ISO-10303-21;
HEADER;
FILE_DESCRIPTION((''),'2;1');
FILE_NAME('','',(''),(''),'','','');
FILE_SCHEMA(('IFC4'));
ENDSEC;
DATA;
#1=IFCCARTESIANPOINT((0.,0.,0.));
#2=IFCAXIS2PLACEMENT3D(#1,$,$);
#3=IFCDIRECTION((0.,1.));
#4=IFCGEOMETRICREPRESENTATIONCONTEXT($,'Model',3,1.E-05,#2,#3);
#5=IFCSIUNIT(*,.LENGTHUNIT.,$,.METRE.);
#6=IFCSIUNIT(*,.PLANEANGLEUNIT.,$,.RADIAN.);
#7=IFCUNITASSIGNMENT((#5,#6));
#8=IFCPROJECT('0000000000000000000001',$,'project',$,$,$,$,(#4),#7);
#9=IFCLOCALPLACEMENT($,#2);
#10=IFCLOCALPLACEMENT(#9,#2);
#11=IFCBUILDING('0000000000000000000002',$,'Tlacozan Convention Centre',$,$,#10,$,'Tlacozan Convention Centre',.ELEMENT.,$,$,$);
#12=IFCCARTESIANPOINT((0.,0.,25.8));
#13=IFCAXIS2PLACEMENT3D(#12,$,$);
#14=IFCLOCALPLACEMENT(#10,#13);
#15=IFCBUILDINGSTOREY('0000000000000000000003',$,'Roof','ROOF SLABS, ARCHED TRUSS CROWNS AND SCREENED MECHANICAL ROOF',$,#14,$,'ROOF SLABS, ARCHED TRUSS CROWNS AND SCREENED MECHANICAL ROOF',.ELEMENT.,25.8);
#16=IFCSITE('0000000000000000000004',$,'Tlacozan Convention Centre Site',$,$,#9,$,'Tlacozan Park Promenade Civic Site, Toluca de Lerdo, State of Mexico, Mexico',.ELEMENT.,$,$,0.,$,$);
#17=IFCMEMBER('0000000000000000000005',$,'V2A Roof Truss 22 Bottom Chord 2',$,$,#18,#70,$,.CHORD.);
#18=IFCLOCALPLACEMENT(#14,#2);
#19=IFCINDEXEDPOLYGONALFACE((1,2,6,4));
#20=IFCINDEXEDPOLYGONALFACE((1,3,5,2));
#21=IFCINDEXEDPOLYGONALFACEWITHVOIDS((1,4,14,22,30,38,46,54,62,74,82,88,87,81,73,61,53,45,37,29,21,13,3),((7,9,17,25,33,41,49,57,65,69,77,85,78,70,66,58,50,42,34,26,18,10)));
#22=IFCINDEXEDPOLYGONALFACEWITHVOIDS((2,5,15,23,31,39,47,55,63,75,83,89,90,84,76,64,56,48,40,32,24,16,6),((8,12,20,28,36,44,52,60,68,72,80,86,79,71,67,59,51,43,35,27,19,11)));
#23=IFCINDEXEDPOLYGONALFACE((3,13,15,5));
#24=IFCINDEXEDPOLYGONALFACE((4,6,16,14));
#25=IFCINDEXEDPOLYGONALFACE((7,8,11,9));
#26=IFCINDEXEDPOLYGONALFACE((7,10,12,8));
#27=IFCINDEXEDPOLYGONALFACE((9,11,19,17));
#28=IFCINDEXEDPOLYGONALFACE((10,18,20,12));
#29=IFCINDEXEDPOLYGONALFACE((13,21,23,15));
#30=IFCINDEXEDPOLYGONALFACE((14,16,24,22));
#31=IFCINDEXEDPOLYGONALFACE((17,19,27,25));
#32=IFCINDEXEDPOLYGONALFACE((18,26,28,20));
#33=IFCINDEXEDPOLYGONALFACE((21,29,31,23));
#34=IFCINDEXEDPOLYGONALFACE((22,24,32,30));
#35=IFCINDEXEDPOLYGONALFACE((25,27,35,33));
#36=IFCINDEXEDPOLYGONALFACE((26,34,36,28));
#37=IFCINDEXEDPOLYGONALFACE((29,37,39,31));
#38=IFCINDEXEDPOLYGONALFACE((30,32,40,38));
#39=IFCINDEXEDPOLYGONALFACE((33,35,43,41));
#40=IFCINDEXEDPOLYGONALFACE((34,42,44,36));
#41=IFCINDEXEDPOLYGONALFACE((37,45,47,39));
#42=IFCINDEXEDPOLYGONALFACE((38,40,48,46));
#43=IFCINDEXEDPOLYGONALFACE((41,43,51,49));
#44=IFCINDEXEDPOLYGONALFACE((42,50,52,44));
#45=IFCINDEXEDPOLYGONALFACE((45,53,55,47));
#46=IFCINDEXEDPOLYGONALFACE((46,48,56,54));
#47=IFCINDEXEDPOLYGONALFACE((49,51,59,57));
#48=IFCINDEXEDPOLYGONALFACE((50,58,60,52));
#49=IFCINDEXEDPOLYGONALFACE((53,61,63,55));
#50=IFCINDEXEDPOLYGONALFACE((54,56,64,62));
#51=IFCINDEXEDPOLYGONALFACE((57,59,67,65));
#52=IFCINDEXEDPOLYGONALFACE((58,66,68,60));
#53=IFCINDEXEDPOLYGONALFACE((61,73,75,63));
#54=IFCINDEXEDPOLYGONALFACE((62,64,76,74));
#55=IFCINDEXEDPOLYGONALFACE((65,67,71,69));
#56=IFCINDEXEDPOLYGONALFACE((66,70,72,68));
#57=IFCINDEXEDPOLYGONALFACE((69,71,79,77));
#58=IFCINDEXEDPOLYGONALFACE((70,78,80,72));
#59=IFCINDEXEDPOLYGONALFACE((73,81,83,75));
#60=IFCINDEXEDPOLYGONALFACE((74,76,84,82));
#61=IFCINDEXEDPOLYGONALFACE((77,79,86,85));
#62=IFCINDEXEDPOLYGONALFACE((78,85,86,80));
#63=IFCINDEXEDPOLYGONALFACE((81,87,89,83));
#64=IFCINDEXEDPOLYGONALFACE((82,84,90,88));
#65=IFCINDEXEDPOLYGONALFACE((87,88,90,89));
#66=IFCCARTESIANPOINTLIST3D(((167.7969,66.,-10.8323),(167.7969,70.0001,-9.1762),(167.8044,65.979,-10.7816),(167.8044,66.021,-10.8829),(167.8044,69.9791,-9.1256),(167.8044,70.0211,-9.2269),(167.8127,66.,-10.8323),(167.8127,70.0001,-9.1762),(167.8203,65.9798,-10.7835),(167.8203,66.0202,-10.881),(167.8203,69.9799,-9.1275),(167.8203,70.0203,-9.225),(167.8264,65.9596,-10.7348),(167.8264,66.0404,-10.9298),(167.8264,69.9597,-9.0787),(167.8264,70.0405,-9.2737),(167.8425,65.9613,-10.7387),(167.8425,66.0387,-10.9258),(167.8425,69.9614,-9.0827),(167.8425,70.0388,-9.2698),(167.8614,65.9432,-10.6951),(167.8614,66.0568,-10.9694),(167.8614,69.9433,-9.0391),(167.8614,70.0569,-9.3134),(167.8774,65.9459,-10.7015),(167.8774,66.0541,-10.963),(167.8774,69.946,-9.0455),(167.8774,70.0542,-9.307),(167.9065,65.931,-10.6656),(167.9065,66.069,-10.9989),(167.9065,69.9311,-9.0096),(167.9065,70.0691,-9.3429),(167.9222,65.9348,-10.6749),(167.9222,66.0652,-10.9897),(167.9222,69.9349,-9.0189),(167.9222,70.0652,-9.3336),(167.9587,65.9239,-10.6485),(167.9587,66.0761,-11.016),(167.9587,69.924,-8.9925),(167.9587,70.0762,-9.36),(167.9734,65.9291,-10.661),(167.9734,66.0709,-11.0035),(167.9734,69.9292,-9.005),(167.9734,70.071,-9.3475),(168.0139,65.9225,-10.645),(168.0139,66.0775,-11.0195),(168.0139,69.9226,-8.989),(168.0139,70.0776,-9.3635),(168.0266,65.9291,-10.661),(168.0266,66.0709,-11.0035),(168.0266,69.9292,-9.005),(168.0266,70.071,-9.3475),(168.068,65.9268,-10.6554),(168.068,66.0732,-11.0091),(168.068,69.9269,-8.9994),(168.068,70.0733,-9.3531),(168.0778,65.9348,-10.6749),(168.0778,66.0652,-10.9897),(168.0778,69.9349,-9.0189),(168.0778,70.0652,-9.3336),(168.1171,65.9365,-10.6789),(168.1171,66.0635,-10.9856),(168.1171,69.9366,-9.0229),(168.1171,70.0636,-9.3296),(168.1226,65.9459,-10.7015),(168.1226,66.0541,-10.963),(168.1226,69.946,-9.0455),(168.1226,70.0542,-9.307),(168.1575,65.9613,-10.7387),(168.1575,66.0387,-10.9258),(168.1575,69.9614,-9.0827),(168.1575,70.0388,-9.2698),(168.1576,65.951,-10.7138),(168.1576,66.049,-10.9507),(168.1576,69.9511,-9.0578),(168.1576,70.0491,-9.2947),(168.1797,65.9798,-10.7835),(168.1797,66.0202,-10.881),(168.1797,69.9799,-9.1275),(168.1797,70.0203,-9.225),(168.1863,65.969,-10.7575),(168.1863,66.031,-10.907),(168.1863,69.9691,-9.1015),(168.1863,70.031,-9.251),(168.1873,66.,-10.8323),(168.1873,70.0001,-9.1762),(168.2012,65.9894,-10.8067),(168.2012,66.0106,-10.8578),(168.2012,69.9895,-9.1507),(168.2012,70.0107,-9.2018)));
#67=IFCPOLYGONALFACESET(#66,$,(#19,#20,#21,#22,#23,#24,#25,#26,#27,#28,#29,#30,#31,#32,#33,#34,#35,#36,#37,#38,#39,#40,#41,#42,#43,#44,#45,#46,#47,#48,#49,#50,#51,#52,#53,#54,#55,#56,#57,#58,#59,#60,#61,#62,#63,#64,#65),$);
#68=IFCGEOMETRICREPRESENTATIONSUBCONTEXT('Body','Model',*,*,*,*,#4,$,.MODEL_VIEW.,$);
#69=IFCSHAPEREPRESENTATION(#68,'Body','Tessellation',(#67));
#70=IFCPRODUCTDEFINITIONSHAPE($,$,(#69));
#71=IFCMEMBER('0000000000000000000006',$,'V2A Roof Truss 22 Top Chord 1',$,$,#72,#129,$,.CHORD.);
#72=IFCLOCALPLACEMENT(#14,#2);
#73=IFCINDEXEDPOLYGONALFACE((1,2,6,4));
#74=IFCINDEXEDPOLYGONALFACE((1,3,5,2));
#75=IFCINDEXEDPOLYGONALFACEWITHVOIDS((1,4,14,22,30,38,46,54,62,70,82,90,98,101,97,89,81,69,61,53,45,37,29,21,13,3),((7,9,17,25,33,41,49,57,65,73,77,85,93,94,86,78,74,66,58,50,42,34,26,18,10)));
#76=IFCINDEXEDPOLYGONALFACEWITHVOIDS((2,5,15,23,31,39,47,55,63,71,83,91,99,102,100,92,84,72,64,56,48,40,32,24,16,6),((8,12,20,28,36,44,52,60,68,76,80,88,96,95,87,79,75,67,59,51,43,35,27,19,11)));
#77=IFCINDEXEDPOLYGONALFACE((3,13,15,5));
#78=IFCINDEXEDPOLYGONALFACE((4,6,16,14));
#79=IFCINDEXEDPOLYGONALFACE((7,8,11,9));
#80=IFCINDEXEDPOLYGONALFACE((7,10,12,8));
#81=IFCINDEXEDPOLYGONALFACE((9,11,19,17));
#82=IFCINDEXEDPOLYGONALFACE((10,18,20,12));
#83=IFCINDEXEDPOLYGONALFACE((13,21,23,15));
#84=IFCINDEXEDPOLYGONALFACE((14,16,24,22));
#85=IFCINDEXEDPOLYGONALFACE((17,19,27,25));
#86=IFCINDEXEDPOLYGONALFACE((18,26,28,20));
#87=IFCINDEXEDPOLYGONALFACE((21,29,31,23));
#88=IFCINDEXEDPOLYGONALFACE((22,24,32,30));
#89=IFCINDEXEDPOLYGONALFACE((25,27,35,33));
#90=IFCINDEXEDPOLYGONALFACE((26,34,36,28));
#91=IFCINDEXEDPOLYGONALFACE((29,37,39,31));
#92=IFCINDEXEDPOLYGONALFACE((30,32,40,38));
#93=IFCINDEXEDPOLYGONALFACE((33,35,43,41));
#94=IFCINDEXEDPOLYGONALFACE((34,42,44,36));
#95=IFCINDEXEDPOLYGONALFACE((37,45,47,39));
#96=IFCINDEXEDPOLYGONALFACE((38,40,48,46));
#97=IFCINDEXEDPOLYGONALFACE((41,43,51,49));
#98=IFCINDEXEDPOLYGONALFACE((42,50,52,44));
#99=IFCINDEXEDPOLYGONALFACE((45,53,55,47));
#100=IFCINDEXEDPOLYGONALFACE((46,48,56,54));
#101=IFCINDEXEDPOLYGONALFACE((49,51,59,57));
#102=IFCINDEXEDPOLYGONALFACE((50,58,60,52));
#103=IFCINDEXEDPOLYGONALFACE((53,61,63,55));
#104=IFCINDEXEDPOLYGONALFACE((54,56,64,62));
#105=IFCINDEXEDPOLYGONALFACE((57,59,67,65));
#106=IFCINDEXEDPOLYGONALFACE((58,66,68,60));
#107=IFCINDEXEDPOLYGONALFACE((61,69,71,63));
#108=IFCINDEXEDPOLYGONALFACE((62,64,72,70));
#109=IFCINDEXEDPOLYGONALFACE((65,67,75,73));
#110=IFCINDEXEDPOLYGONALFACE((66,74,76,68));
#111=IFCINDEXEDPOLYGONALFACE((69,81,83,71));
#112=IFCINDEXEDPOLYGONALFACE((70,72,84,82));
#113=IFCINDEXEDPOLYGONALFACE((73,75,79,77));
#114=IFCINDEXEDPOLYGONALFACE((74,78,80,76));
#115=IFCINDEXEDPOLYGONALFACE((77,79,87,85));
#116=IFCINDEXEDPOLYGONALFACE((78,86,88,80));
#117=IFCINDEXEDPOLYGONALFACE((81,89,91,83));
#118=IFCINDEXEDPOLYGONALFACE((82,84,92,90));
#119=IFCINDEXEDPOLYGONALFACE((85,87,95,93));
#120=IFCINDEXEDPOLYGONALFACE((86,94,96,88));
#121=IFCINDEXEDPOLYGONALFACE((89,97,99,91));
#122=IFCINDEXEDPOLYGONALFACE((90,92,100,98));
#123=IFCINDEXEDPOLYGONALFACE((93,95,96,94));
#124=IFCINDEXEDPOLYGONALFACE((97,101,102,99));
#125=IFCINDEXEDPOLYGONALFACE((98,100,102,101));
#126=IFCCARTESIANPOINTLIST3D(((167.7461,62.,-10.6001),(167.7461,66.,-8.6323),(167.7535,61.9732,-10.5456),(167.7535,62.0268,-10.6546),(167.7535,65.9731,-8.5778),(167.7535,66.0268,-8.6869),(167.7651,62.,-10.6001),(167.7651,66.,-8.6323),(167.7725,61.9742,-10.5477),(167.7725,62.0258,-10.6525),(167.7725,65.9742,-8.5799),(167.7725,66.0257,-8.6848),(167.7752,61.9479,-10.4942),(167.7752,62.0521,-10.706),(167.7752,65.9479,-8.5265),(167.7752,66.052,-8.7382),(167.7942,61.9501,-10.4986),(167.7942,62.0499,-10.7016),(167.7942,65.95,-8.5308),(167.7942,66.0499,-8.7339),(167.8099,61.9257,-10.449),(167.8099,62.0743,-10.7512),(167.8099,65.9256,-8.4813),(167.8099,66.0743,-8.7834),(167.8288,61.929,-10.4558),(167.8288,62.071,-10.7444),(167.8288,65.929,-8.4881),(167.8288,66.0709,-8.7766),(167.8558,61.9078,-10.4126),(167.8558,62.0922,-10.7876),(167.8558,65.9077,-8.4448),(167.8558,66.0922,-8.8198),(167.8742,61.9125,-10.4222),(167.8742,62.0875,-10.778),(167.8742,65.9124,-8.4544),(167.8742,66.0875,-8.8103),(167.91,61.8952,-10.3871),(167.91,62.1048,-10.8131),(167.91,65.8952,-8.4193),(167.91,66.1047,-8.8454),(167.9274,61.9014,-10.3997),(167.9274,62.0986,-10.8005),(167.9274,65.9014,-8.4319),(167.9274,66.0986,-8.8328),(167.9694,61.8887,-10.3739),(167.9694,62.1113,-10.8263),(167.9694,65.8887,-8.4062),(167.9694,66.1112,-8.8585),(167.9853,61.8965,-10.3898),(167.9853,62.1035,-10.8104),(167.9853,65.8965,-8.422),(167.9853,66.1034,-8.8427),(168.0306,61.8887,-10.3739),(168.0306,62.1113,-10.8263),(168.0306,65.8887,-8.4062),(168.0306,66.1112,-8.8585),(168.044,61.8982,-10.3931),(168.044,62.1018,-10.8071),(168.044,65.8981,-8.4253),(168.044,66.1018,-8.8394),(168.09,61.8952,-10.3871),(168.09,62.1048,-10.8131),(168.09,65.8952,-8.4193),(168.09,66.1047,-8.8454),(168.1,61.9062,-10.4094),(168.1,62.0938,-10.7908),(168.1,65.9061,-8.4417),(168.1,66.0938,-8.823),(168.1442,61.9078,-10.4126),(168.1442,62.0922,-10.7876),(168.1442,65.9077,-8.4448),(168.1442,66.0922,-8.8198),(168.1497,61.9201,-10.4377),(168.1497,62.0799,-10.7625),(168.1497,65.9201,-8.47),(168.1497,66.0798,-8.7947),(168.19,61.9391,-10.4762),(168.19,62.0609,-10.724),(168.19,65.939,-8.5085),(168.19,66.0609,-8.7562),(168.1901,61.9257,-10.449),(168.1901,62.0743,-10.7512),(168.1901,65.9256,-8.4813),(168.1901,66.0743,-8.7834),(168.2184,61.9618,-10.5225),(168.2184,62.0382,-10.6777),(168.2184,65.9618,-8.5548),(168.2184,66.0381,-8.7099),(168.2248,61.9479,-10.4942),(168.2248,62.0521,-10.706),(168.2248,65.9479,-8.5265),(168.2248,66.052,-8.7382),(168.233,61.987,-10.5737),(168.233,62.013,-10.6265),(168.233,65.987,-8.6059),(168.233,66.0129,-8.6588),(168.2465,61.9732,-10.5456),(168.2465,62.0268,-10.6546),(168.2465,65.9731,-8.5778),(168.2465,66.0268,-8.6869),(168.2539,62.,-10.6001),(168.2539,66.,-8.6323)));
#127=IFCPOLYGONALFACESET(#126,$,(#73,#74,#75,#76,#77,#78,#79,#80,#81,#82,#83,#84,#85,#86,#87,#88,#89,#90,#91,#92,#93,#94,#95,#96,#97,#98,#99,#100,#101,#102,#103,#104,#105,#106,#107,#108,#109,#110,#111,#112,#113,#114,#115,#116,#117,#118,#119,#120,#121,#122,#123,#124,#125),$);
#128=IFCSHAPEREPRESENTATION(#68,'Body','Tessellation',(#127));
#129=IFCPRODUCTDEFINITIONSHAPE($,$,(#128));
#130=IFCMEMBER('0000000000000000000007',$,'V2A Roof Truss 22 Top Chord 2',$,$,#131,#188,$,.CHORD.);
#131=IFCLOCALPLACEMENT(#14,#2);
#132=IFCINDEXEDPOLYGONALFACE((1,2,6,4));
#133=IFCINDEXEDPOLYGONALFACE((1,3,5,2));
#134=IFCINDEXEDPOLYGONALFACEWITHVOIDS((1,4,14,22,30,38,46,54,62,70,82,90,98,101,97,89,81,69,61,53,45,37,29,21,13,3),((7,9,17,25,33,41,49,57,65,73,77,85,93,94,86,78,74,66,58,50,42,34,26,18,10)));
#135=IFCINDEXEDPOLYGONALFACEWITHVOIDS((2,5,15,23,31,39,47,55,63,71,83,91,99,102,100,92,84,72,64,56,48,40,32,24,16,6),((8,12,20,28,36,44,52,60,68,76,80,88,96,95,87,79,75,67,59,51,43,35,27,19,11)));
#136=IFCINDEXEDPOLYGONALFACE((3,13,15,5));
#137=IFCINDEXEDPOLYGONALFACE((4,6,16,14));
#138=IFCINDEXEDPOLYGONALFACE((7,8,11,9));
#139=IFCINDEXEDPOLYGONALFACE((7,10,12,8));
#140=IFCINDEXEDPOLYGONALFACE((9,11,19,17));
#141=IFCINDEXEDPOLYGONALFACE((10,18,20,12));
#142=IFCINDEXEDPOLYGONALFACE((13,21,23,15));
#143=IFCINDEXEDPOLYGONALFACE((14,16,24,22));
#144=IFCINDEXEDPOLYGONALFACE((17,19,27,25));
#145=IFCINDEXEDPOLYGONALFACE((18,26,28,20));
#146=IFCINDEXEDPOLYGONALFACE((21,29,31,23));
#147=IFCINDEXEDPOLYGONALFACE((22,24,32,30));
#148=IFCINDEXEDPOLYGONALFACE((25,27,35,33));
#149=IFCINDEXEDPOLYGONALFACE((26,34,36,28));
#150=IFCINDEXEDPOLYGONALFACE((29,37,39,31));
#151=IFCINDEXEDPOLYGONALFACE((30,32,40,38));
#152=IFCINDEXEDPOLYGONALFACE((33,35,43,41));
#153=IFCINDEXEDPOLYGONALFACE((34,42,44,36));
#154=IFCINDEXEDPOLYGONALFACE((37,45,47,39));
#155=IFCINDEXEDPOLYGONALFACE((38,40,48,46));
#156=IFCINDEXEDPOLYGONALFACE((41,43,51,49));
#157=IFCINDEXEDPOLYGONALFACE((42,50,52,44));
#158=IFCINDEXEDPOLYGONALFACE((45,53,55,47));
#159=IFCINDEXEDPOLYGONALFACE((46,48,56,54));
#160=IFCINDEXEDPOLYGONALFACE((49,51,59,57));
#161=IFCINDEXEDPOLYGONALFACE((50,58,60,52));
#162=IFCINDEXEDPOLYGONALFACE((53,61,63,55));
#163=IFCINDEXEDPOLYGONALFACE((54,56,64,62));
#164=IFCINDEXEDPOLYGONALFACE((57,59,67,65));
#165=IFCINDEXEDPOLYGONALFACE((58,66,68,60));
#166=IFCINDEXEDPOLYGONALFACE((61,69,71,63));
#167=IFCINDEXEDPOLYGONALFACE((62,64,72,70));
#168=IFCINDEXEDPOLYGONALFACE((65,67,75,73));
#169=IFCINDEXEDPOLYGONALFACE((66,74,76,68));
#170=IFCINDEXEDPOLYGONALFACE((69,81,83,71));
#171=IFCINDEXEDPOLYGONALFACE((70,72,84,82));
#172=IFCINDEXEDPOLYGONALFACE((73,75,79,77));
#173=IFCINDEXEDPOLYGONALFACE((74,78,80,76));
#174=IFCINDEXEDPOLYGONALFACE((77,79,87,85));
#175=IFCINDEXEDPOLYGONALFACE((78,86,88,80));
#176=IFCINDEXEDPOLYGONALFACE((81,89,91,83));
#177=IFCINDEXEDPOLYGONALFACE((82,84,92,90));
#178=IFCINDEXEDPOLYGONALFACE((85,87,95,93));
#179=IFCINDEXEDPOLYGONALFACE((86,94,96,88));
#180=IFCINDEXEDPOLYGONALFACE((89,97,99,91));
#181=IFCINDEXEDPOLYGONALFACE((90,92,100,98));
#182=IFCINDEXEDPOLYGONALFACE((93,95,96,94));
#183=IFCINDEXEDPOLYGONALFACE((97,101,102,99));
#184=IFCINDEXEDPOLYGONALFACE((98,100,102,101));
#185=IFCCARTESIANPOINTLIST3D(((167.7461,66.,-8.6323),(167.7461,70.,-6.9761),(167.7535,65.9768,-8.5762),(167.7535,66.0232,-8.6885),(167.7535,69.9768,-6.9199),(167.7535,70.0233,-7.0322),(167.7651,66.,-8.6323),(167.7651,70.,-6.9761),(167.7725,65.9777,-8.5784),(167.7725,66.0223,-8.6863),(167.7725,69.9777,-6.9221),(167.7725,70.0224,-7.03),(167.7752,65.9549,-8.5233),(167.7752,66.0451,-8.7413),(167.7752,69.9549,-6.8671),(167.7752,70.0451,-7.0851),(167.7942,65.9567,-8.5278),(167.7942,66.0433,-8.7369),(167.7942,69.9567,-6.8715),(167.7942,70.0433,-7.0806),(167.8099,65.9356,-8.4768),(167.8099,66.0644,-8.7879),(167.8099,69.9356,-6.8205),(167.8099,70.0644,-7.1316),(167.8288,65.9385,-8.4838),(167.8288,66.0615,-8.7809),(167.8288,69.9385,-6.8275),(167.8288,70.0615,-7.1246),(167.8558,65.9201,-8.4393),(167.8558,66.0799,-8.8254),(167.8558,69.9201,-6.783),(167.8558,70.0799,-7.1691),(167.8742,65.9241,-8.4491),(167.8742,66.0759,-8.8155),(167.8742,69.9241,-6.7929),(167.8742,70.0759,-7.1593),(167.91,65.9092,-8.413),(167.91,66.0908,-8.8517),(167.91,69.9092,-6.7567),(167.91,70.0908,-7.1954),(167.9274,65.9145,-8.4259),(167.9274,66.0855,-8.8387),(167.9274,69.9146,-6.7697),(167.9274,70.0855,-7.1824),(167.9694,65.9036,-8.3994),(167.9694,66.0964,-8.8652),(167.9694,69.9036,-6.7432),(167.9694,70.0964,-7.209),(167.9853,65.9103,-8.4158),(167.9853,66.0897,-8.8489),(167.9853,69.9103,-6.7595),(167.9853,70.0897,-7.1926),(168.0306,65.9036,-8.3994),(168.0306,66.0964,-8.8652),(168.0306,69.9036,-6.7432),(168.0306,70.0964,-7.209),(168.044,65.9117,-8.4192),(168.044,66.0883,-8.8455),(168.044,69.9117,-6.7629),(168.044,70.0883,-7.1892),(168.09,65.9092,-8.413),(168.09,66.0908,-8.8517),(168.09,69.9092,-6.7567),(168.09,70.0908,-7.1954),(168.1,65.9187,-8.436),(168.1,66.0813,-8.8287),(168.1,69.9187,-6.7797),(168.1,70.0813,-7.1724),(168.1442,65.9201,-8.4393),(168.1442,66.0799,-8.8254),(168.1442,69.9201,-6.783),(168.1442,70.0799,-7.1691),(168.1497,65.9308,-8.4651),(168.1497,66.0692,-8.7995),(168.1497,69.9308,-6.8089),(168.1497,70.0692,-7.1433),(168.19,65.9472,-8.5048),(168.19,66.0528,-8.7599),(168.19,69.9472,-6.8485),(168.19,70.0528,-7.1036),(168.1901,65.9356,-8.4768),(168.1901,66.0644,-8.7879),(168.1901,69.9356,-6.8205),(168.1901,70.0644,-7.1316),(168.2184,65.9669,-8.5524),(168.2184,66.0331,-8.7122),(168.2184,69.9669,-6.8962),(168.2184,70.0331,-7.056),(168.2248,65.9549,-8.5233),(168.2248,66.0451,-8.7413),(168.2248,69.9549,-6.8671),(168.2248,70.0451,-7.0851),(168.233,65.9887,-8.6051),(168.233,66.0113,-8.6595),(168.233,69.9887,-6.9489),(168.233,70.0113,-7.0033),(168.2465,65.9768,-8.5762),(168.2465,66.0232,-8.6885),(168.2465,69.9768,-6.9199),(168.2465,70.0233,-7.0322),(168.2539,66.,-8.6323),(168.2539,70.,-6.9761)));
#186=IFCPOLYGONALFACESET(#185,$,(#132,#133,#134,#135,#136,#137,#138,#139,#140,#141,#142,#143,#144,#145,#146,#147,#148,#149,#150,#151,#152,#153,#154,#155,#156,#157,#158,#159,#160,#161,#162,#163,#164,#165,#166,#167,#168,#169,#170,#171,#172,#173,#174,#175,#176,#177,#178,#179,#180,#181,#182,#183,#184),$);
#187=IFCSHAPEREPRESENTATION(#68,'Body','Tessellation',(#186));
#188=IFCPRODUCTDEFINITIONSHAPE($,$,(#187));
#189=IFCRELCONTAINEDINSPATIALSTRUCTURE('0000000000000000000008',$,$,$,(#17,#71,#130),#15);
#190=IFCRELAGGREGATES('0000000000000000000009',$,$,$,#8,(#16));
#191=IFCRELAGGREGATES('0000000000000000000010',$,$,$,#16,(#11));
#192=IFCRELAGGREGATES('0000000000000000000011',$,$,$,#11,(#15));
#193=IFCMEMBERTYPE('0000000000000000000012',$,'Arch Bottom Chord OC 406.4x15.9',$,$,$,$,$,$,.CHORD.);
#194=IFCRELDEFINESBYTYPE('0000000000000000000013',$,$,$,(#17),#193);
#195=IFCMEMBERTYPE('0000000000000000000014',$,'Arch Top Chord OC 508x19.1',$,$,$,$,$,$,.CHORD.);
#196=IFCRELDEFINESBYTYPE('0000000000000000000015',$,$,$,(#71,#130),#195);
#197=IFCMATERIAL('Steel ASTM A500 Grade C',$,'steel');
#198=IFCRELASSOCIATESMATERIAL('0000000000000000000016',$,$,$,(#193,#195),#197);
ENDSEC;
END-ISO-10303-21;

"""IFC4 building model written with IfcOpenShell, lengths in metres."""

from ifc_helpers import new_model, si_unit, direction, frame, origin, origin_2d, place, context, subcontext, project, spatial, hollow_circle, extrude, material, material_profile, profile_set, type_object, element, save


model = new_model("IFC4")

# Units and contexts
model_context = context("Model", 3, precision=1e-05, world=origin(), true_north=direction((0.0, 1.0)))
body_context = subcontext(model_context, "Body", "Model", "MODEL_VIEW")
ifc_project = project(units=[si_unit("LENGTHUNIT", "METRE"), si_unit("PLANEANGLEUNIT", "RADIAN")], contexts=[model_context])

# Site, building, storey
site_placement = place(None, origin())
site = spatial("IfcSite", under=ifc_project, at=site_placement, Name="Tlacozan Convention Centre Site", LongName="Tlacozan Park Promenade Civic Site, Toluca de Lerdo, State of Mexico, Mexico", CompositionType="ELEMENT", RefElevation=0.0)
building_placement = place(site_placement, origin())
building = spatial("IfcBuilding", under=site, at=building_placement, Name="Tlacozan Convention Centre", LongName="Tlacozan Convention Centre", CompositionType="ELEMENT")
storey_placement = place(building_placement, frame((0.0, 0.0, 25.8)))
storey = spatial("IfcBuildingStorey", under=building, at=storey_placement, Name="Roof", Description="ROOF SLABS, ARCHED TRUSS CROWNS AND SCREENED MECHANICAL ROOF", LongName="ROOF SLABS, ARCHED TRUSS CROWNS AND SCREENED MECHANICAL ROOF", CompositionType="ELEMENT", Elevation=25.8)

# Members
ifc_material_1 = material(Name="Steel ASTM A500 Grade C", Category="steel")
ifc_material_profile_1 = material_profile(ifc_material_1, hollow_circle(Radius=0.2031, WallThickness=0.0159, at=origin_2d()), Name="OC 406.4x15.9")
ifc_profile_set_1 = profile_set([ifc_material_profile_1], Name="Steel ASTM A500 Grade C")
member_type_1 = type_object("IfcMemberType", Name="Arch Bottom Chord OC 406.4x15.9", PredefinedType="CHORD", material=ifc_profile_set_1)
member_1_placement = place(storey_placement, frame((168.0, 66.0, -10.8323), z_axis=(0.0, 0.923949, 0.382516), x_axis=(-1.0, 0.0, 0.0)))
element("IfcMember", 1, at=member_1_placement, inside=storey, type_object=member_type_1, Name="V2A Roof Truss 22 Bottom Chord 2", PredefinedType="CHORD", context=body_context, shape_type="SweptSolid", body=[
    extrude(hollow_circle(Radius=0.2031, WallThickness=0.0159, at=origin_2d()), origin(), (0.0, 0.0, 1.0), 4.3293),
])
ifc_material_profile_2 = material_profile(ifc_material_1, hollow_circle(Radius=0.2539, WallThickness=0.019, at=origin_2d()), Name="OC 508.0x19.1")
ifc_profile_set_2 = profile_set([ifc_material_profile_2], Name="Steel ASTM A500 Grade C")
member_type_2 = type_object("IfcMemberType", Name="Arch Top Chord OC 508x19.1", PredefinedType="CHORD", material=ifc_profile_set_2)
member_2_placement = place(storey_placement, frame((168.0, 62.0, -10.6001), z_axis=(0.0, 0.8973, 0.441421), x_axis=(-1.0, 0.0, 0.0)))
element("IfcMember", 2, at=member_2_placement, inside=storey, type_object=member_type_2, Name="V2A Roof Truss 22 Top Chord 1", PredefinedType="CHORD", context=body_context, shape_type="SweptSolid", body=[
    extrude(hollow_circle(Radius=0.2539, WallThickness=0.019, at=origin_2d()), origin(), (0.0, 0.0, 1.0), 4.4578),
])
member_3_placement = place(storey_placement, frame((168.0, 66.0, -8.6323), z_axis=(0.0, 0.923929, 0.382564), x_axis=(-1.0, 0.0, 0.0)))
element("IfcMember", 3, at=member_3_placement, inside=storey, type_object=member_type_2, Name="V2A Roof Truss 22 Top Chord 2", PredefinedType="CHORD", context=body_context, shape_type="SweptSolid", body=[
    extrude(hollow_circle(Radius=0.2539, WallThickness=0.019, at=origin_2d()), origin(), (0.0, 0.0, 1.0), 4.3293),
])

save(model, "model.ifc")
